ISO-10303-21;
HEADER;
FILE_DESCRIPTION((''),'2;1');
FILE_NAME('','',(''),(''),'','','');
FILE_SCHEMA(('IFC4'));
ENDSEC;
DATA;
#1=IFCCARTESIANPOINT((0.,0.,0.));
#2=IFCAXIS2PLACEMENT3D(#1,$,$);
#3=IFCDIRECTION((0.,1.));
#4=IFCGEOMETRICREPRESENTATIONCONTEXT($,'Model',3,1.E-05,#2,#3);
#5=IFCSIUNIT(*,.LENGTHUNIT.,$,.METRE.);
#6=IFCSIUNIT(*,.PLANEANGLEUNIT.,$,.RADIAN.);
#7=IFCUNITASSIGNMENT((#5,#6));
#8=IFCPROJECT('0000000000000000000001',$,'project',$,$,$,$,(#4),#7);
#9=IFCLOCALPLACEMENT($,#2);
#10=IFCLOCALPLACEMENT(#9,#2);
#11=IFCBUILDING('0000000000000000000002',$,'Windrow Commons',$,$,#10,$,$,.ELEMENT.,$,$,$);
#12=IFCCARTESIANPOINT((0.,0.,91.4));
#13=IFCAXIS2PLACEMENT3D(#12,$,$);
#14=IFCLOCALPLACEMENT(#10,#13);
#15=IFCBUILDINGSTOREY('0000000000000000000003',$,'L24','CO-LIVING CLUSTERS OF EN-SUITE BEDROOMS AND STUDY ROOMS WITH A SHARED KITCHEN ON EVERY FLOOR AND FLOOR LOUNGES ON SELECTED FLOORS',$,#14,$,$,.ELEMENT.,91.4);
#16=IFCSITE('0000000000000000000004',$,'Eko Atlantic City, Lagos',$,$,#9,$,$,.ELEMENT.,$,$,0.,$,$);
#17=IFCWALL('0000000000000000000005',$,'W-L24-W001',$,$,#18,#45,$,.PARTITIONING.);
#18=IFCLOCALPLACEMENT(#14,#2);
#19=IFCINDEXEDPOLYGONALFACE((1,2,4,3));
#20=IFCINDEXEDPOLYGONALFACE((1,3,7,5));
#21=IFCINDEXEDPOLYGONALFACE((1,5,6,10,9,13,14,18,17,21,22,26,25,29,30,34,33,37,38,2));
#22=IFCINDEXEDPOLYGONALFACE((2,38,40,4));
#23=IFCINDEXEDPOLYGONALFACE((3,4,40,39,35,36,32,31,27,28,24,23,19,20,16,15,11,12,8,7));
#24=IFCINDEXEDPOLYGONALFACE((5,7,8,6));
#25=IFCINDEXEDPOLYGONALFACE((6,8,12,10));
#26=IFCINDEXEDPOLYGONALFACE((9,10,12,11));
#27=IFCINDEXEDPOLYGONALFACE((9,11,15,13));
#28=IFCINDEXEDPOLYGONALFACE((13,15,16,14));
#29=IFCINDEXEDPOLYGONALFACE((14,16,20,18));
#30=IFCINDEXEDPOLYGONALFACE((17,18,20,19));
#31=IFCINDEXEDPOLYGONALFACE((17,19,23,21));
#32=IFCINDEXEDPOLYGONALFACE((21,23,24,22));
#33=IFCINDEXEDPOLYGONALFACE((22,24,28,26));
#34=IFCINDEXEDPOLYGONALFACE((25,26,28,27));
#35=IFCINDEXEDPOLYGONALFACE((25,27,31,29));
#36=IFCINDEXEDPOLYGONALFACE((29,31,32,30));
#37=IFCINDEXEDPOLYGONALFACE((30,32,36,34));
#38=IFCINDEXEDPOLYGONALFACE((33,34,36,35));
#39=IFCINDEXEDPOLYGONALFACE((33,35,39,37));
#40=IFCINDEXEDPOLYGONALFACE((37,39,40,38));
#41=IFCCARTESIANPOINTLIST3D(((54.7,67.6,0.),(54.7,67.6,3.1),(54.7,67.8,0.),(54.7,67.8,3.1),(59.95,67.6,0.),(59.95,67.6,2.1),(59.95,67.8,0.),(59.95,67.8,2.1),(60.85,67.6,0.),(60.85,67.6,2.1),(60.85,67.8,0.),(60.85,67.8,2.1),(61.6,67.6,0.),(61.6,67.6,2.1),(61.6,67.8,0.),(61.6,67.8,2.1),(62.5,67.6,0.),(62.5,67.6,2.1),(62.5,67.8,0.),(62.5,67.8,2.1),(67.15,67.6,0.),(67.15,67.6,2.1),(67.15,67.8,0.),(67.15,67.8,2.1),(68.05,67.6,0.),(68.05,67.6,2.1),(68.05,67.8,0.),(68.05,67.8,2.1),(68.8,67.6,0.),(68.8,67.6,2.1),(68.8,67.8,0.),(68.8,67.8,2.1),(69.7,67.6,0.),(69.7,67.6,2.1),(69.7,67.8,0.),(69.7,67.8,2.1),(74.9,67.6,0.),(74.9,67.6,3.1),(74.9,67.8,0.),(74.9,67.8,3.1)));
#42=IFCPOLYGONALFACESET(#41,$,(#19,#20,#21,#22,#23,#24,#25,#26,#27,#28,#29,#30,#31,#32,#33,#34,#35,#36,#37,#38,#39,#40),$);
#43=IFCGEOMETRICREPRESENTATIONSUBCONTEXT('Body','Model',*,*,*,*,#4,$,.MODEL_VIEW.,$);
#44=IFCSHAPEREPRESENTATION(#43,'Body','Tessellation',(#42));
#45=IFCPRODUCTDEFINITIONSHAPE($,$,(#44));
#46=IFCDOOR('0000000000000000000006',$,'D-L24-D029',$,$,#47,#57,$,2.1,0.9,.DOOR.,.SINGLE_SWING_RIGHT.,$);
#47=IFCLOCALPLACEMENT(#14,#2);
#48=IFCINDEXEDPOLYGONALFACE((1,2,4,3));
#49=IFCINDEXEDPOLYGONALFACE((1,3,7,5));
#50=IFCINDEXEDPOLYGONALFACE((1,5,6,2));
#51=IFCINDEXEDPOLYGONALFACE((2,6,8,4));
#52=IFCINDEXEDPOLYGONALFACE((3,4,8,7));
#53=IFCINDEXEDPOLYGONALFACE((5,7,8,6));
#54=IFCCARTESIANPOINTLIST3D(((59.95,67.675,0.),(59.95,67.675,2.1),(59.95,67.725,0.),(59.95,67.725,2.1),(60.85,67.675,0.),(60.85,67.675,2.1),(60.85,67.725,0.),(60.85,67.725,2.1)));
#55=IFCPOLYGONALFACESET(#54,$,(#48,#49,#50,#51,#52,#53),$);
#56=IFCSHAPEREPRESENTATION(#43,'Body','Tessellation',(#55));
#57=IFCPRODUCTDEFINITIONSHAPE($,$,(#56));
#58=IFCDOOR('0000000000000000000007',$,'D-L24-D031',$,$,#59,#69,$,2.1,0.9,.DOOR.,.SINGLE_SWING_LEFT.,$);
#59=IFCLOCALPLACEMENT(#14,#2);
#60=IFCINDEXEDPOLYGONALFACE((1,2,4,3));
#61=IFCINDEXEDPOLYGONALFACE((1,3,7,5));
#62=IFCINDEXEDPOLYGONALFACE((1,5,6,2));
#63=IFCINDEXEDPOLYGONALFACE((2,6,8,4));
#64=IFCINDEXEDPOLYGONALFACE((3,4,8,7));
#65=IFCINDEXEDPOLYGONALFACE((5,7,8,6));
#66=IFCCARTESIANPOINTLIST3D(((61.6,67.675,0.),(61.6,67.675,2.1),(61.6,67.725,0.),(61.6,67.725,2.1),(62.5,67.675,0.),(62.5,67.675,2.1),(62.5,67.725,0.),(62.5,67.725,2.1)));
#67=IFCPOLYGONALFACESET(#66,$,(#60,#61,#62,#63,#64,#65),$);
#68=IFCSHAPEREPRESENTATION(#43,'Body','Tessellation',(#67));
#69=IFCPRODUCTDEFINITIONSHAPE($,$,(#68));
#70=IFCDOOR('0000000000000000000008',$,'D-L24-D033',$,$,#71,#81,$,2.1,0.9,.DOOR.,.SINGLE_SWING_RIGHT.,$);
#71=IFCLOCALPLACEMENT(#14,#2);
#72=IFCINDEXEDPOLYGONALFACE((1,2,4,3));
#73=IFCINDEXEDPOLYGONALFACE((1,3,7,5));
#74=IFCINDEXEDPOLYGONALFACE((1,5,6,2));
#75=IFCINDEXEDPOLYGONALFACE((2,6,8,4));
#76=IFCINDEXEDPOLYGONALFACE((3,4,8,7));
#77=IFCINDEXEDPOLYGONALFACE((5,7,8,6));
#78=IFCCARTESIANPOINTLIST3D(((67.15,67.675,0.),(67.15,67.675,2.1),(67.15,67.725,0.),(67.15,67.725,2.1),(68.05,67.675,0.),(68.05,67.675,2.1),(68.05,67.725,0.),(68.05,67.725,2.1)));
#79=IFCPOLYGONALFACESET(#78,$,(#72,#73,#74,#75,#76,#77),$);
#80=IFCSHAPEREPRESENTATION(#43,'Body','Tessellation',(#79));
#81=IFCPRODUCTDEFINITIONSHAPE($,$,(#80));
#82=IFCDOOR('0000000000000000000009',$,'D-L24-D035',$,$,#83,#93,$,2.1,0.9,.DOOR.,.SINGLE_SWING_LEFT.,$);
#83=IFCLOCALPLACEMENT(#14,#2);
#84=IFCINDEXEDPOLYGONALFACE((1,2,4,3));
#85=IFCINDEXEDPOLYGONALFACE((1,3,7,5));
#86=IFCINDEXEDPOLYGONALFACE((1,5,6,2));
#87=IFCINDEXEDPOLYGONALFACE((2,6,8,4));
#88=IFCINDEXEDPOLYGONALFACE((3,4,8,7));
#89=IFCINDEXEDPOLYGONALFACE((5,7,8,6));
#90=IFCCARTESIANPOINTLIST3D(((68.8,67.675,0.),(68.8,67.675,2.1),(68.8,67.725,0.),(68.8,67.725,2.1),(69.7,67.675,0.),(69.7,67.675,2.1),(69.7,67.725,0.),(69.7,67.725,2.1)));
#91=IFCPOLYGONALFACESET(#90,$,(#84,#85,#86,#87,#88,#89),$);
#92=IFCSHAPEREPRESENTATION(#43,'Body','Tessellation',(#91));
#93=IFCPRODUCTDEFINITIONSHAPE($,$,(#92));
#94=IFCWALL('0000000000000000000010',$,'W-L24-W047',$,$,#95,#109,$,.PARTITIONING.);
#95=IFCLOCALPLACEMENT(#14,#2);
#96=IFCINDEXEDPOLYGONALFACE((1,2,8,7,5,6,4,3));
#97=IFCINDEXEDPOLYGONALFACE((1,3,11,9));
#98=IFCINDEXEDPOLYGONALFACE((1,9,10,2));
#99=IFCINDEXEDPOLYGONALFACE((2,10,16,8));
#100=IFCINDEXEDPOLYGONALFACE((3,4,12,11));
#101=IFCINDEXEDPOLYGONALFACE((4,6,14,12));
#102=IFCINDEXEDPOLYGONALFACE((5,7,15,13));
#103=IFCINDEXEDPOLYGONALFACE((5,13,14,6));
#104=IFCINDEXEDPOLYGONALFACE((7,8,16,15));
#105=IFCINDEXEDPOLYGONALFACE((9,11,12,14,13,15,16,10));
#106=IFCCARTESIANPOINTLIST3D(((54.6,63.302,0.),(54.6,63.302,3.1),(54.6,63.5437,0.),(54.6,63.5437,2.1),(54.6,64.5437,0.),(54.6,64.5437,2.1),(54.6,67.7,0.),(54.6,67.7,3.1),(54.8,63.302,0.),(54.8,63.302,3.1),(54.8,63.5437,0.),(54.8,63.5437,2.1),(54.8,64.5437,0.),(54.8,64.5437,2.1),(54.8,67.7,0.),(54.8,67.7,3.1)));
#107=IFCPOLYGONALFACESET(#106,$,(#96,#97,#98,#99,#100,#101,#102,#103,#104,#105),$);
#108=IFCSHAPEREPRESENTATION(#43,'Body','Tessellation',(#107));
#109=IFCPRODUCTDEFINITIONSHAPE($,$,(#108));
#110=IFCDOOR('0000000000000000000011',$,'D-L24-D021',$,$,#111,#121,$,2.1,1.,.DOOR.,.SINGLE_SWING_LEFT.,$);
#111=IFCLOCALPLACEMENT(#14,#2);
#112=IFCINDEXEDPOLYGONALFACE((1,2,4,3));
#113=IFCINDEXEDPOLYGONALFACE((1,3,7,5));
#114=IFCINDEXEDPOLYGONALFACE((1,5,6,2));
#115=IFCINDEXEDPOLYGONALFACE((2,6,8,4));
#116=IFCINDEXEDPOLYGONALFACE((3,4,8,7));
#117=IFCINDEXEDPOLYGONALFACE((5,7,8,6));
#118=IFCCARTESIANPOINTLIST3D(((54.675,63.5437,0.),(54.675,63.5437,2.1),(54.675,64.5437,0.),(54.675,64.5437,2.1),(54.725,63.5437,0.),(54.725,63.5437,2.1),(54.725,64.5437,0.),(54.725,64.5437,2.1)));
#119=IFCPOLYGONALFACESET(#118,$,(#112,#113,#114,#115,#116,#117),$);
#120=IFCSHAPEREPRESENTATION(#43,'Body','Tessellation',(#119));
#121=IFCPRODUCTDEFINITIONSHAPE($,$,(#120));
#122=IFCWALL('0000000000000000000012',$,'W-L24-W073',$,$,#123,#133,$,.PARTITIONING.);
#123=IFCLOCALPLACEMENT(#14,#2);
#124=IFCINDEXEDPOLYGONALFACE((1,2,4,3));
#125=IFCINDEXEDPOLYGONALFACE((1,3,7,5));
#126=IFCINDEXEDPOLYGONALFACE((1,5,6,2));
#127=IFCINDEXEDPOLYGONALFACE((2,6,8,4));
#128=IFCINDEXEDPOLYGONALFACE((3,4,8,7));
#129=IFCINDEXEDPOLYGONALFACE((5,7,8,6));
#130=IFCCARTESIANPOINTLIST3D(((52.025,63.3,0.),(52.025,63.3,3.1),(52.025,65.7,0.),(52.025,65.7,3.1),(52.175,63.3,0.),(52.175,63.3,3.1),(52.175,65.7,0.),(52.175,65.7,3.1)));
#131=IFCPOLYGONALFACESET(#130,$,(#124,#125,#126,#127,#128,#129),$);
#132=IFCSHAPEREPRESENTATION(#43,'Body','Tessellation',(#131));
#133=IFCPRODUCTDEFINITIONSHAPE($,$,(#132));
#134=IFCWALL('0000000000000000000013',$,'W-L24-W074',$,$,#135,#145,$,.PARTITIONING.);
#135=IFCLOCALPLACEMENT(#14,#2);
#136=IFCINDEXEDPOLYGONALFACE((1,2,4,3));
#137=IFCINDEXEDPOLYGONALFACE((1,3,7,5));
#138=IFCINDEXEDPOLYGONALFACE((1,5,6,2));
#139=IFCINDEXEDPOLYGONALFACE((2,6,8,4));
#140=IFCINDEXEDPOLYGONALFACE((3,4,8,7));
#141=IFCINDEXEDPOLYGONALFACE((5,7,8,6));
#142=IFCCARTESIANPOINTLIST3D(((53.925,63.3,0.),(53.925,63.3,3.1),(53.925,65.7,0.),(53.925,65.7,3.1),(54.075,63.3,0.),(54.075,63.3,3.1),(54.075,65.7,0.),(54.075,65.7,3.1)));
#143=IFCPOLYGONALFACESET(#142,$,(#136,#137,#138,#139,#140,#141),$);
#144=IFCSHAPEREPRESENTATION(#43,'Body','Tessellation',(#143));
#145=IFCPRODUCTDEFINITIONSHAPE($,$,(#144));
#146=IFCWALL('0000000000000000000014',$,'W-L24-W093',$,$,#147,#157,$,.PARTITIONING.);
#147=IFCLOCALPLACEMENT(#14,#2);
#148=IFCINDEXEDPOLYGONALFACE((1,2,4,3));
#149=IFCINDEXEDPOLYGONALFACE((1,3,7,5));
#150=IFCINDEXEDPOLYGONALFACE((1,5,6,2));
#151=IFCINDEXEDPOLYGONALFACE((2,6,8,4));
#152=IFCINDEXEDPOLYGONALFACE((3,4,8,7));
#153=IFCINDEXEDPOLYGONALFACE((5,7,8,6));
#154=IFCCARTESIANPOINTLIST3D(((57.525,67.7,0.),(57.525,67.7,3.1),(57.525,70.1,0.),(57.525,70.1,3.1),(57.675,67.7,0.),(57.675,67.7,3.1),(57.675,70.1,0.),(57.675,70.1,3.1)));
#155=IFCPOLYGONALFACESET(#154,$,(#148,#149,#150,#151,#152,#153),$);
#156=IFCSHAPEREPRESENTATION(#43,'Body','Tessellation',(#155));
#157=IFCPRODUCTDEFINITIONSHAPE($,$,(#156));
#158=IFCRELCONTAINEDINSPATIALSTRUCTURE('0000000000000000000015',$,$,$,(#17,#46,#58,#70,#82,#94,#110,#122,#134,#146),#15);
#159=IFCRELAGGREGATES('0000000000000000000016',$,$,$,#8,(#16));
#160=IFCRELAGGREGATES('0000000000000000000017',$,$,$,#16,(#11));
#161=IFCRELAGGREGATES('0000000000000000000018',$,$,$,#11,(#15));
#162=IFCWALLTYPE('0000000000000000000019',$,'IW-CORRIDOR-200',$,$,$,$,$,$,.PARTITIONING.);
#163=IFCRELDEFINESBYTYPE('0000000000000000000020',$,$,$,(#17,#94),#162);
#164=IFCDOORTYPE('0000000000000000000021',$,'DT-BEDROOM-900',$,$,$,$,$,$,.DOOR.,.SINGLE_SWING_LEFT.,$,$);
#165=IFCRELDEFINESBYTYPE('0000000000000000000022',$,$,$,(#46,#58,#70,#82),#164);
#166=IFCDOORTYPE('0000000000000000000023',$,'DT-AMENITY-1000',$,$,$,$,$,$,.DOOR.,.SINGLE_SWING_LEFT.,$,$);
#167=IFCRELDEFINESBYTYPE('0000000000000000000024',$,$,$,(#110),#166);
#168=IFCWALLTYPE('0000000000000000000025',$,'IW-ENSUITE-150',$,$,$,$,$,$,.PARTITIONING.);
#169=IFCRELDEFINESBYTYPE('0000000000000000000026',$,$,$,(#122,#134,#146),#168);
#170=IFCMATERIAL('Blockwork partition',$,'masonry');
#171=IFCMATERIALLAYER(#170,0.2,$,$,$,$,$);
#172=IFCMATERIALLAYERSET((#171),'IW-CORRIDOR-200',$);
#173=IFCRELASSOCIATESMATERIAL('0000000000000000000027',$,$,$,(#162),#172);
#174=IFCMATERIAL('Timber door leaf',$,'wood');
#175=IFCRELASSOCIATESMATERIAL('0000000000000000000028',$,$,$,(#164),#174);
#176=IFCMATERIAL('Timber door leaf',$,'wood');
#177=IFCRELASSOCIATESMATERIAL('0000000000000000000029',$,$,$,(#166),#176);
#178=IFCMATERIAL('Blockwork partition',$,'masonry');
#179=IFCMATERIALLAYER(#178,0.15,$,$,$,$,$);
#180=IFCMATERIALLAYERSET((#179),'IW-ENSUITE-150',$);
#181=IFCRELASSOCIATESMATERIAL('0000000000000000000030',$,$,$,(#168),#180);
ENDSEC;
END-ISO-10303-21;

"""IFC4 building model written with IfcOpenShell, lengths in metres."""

from ifc_helpers import new_model, si_unit, direction, frame, frame_2d, origin, place, context, subcontext, project, spatial, rectangle, extrude, material, layer, layer_set, type_object, element, fill, save


model = new_model("IFC4")

# Units and contexts
model_context = context("Model", 3, precision=1e-05, world=origin(), true_north=direction((0.0, 1.0)))
body_context = subcontext(model_context, "Body", "Model", "MODEL_VIEW")
ifc_project = project(units=[si_unit("LENGTHUNIT", "METRE"), si_unit("PLANEANGLEUNIT", "RADIAN")], contexts=[model_context])

# Site, building, storey
site_placement = place(None, origin())
site = spatial("IfcSite", under=ifc_project, at=site_placement, Name="Eko Atlantic City, Lagos", CompositionType="ELEMENT", RefElevation=0.0)
building_placement = place(site_placement, origin())
building = spatial("IfcBuilding", under=site, at=building_placement, Name="Windrow Commons", CompositionType="ELEMENT")
storey_placement = place(building_placement, frame((0.0, 0.0, 91.4)))
storey = spatial("IfcBuildingStorey", under=building, at=storey_placement, Name="L24", Description="CO-LIVING CLUSTERS OF EN-SUITE BEDROOMS AND STUDY ROOMS WITH A SHARED KITCHEN ON EVERY FLOOR AND FLOOR LOUNGES ON SELECTED FLOORS", CompositionType="ELEMENT", Elevation=91.4)

# Wall, openings, doors
ifc_material_1 = material(Name="Blockwork partition", Category="masonry")
ifc_layer_1 = layer(ifc_material_1, 0.2)
ifc_layer_set_1 = layer_set([ifc_layer_1], Name="IW-CORRIDOR-200")
wall_type_1 = type_object("IfcWallType", Name="IW-CORRIDOR-200", PredefinedType="PARTITIONING", material=ifc_layer_set_1)
wall_1_placement = place(storey_placement, frame((54.7, 67.7, 0.0), z_axis=(0.0, 0.0, 1.0), x_axis=(1.0, 0.0, 0.0)))
wall_1 = element("IfcWall", 1, at=wall_1_placement, inside=storey, type_object=wall_type_1, Name="W-L24-W001", PredefinedType="PARTITIONING", context=body_context, shape_type="SweptSolid", body=[
    extrude(rectangle(XDim=20.2, YDim=0.2, at=frame_2d((10.1, 0.0))), origin(), (0.0, 0.0, 1.0), 3.1),
])
opening_1_placement = place(wall_1_placement, frame((5.25, 0.0, 0.0)))
opening_1 = element("IfcOpeningElement", 2, at=opening_1_placement, cuts=wall_1, PredefinedType="OPENING", context=body_context, shape_type="SweptSolid", body=[
    extrude(rectangle(XDim=0.9, YDim=2.1, at=frame_2d((0.45, 1.05))), frame((0.0, 0.11, 0.0), z_axis=(0.0, -1.0, 0.0), x_axis=(1.0, 0.0, 0.0)), (0.0, 0.0, 1.0), 0.22),
])
opening_2_placement = place(wall_1_placement, frame((6.9, 0.0, 0.0)))
opening_2 = element("IfcOpeningElement", 3, at=opening_2_placement, cuts=wall_1, PredefinedType="OPENING", context=body_context, shape_type="SweptSolid", body=[
    extrude(rectangle(XDim=0.9, YDim=2.1, at=frame_2d((0.45, 1.05))), frame((0.0, 0.11, 0.0), z_axis=(0.0, -1.0, 0.0), x_axis=(1.0, 0.0, 0.0)), (0.0, 0.0, 1.0), 0.22),
])
opening_3_placement = place(wall_1_placement, frame((12.45, 0.0, 0.0)))
opening_3 = element("IfcOpeningElement", 4, at=opening_3_placement, cuts=wall_1, PredefinedType="OPENING", context=body_context, shape_type="SweptSolid", body=[
    extrude(rectangle(XDim=0.9, YDim=2.1, at=frame_2d((0.45, 1.05))), frame((0.0, 0.11, 0.0), z_axis=(0.0, -1.0, 0.0), x_axis=(1.0, 0.0, 0.0)), (0.0, 0.0, 1.0), 0.22),
])
opening_4_placement = place(wall_1_placement, frame((14.1, 0.0, 0.0)))
opening_4 = element("IfcOpeningElement", 5, at=opening_4_placement, cuts=wall_1, PredefinedType="OPENING", context=body_context, shape_type="SweptSolid", body=[
    extrude(rectangle(XDim=0.9, YDim=2.1, at=frame_2d((0.45, 1.05))), frame((0.0, 0.11, 0.0), z_axis=(0.0, -1.0, 0.0), x_axis=(1.0, 0.0, 0.0)), (0.0, 0.0, 1.0), 0.22),
])
ifc_material_2 = material(Name="Timber door leaf", Category="wood")
door_type_1 = type_object("IfcDoorType", Name="DT-BEDROOM-900", OperationType="SINGLE_SWING_LEFT", PredefinedType="DOOR", material=ifc_material_2)
door_1_placement = place(opening_1_placement, origin())
door_1 = element("IfcDoor", 6, at=door_1_placement, inside=storey, type_object=door_type_1, Name="D-L24-D029", OperationType="SINGLE_SWING_RIGHT", OverallHeight=2.1, OverallWidth=0.9, PredefinedType="DOOR", context=body_context, shape_type="SweptSolid", body=[
    extrude(rectangle(XDim=0.9, YDim=2.1, at=frame_2d((0.45, 1.05))), frame((0.0, 0.025, 0.0), z_axis=(0.0, -1.0, 0.0), x_axis=(1.0, 0.0, 0.0)), (0.0, 0.0, 1.0), 0.05),
])
fill(opening_1, door_1)
door_2_placement = place(opening_2_placement, origin())
door_2 = element("IfcDoor", 7, at=door_2_placement, inside=storey, type_object=door_type_1, Name="D-L24-D031", OperationType="SINGLE_SWING_LEFT", OverallHeight=2.1, OverallWidth=0.9, PredefinedType="DOOR", context=body_context, shape_type="SweptSolid", body=[
    extrude(rectangle(XDim=0.9, YDim=2.1, at=frame_2d((0.45, 1.05))), frame((0.0, 0.025, 0.0), z_axis=(0.0, -1.0, 0.0), x_axis=(1.0, 0.0, 0.0)), (0.0, 0.0, 1.0), 0.05),
])
fill(opening_2, door_2)
door_3_placement = place(opening_3_placement, origin())
door_3 = element("IfcDoor", 8, at=door_3_placement, inside=storey, type_object=door_type_1, Name="D-L24-D033", OperationType="SINGLE_SWING_RIGHT", OverallHeight=2.1, OverallWidth=0.9, PredefinedType="DOOR", context=body_context, shape_type="SweptSolid", body=[
    extrude(rectangle(XDim=0.9, YDim=2.1, at=frame_2d((0.45, 1.05))), frame((0.0, 0.025, 0.0), z_axis=(0.0, -1.0, 0.0), x_axis=(1.0, 0.0, 0.0)), (0.0, 0.0, 1.0), 0.05),
])
fill(opening_3, door_3)
door_4_placement = place(opening_4_placement, origin())
door_4 = element("IfcDoor", 9, at=door_4_placement, inside=storey, type_object=door_type_1, Name="D-L24-D035", OperationType="SINGLE_SWING_LEFT", OverallHeight=2.1, OverallWidth=0.9, PredefinedType="DOOR", context=body_context, shape_type="SweptSolid", body=[
    extrude(rectangle(XDim=0.9, YDim=2.1, at=frame_2d((0.45, 1.05))), frame((0.0, 0.025, 0.0), z_axis=(0.0, -1.0, 0.0), x_axis=(1.0, 0.0, 0.0)), (0.0, 0.0, 1.0), 0.05),
])
fill(opening_4, door_4)

# Wall, opening, door
wall_2_placement = place(storey_placement, frame((54.7, 63.302, 0.0), z_axis=(0.0, 0.0, 1.0), x_axis=(0.0, 1.0, 0.0)))
wall_2 = element("IfcWall", 10, at=wall_2_placement, inside=storey, type_object=wall_type_1, Name="W-L24-W047", PredefinedType="PARTITIONING", context=body_context, shape_type="SweptSolid", body=[
    extrude(rectangle(XDim=4.398, YDim=0.2, at=frame_2d((2.199, 0.0))), origin(), (0.0, 0.0, 1.0), 3.1),
])
opening_5_placement = place(wall_2_placement, frame((0.2417, 0.0, 0.0)))
opening_5 = element("IfcOpeningElement", 11, at=opening_5_placement, cuts=wall_2, PredefinedType="OPENING", context=body_context, shape_type="SweptSolid", body=[
    extrude(rectangle(XDim=1.0, YDim=2.1, at=frame_2d((0.5, 1.05))), frame((0.0, 0.11, 0.0), z_axis=(0.0, -1.0, 0.0), x_axis=(1.0, 0.0, 0.0)), (0.0, 0.0, 1.0), 0.22),
])
ifc_material_3 = material(Name="Timber door leaf", Category="wood")
door_type_2 = type_object("IfcDoorType", Name="DT-AMENITY-1000", OperationType="SINGLE_SWING_LEFT", PredefinedType="DOOR", material=ifc_material_3)
door_5_placement = place(opening_5_placement, origin())
door_5 = element("IfcDoor", 12, at=door_5_placement, inside=storey, type_object=door_type_2, Name="D-L24-D021", OperationType="SINGLE_SWING_LEFT", OverallHeight=2.1, OverallWidth=1.0, PredefinedType="DOOR", context=body_context, shape_type="SweptSolid", body=[
    extrude(rectangle(XDim=1.0, YDim=2.1, at=frame_2d((0.5, 1.05))), frame((0.0, 0.025, 0.0), z_axis=(0.0, -1.0, 0.0), x_axis=(1.0, 0.0, 0.0)), (0.0, 0.0, 1.0), 0.05),
])
fill(opening_5, door_5)

# Walls
ifc_material_4 = material(Name="Blockwork partition", Category="masonry")
ifc_layer_2 = layer(ifc_material_4, 0.15)
ifc_layer_set_2 = layer_set([ifc_layer_2], Name="IW-ENSUITE-150")
wall_type_2 = type_object("IfcWallType", Name="IW-ENSUITE-150", PredefinedType="PARTITIONING", material=ifc_layer_set_2)
for number, where, z_axis, x_axis, name in (
    (13, (52.1, 63.3, 0.0), (0.0, 0.0, 1.0), (0.0, 1.0, 0.0), "W-L24-W073"),
    (14, (54.0, 63.3, 0.0), (0.0, 0.0, 1.0), (0.0, 1.0, 0.0), "W-L24-W074"),
    (15, (57.6, 67.7, 0.0), (0.0, 0.0, 1.0), (0.0, 1.0, 0.0), "W-L24-W093"),
):
    element("IfcWall", number, at=place(storey_placement, frame(where, z_axis=z_axis, x_axis=x_axis)), inside=storey, type_object=wall_type_2, Name=name, PredefinedType="PARTITIONING", context=body_context, shape_type="SweptSolid", body=[
        extrude(rectangle(XDim=2.4, YDim=0.15, at=frame_2d((1.2, 0.0))), origin(), (0.0, 0.0, 1.0), 3.1),
    ])

save(model, "model.ifc")
